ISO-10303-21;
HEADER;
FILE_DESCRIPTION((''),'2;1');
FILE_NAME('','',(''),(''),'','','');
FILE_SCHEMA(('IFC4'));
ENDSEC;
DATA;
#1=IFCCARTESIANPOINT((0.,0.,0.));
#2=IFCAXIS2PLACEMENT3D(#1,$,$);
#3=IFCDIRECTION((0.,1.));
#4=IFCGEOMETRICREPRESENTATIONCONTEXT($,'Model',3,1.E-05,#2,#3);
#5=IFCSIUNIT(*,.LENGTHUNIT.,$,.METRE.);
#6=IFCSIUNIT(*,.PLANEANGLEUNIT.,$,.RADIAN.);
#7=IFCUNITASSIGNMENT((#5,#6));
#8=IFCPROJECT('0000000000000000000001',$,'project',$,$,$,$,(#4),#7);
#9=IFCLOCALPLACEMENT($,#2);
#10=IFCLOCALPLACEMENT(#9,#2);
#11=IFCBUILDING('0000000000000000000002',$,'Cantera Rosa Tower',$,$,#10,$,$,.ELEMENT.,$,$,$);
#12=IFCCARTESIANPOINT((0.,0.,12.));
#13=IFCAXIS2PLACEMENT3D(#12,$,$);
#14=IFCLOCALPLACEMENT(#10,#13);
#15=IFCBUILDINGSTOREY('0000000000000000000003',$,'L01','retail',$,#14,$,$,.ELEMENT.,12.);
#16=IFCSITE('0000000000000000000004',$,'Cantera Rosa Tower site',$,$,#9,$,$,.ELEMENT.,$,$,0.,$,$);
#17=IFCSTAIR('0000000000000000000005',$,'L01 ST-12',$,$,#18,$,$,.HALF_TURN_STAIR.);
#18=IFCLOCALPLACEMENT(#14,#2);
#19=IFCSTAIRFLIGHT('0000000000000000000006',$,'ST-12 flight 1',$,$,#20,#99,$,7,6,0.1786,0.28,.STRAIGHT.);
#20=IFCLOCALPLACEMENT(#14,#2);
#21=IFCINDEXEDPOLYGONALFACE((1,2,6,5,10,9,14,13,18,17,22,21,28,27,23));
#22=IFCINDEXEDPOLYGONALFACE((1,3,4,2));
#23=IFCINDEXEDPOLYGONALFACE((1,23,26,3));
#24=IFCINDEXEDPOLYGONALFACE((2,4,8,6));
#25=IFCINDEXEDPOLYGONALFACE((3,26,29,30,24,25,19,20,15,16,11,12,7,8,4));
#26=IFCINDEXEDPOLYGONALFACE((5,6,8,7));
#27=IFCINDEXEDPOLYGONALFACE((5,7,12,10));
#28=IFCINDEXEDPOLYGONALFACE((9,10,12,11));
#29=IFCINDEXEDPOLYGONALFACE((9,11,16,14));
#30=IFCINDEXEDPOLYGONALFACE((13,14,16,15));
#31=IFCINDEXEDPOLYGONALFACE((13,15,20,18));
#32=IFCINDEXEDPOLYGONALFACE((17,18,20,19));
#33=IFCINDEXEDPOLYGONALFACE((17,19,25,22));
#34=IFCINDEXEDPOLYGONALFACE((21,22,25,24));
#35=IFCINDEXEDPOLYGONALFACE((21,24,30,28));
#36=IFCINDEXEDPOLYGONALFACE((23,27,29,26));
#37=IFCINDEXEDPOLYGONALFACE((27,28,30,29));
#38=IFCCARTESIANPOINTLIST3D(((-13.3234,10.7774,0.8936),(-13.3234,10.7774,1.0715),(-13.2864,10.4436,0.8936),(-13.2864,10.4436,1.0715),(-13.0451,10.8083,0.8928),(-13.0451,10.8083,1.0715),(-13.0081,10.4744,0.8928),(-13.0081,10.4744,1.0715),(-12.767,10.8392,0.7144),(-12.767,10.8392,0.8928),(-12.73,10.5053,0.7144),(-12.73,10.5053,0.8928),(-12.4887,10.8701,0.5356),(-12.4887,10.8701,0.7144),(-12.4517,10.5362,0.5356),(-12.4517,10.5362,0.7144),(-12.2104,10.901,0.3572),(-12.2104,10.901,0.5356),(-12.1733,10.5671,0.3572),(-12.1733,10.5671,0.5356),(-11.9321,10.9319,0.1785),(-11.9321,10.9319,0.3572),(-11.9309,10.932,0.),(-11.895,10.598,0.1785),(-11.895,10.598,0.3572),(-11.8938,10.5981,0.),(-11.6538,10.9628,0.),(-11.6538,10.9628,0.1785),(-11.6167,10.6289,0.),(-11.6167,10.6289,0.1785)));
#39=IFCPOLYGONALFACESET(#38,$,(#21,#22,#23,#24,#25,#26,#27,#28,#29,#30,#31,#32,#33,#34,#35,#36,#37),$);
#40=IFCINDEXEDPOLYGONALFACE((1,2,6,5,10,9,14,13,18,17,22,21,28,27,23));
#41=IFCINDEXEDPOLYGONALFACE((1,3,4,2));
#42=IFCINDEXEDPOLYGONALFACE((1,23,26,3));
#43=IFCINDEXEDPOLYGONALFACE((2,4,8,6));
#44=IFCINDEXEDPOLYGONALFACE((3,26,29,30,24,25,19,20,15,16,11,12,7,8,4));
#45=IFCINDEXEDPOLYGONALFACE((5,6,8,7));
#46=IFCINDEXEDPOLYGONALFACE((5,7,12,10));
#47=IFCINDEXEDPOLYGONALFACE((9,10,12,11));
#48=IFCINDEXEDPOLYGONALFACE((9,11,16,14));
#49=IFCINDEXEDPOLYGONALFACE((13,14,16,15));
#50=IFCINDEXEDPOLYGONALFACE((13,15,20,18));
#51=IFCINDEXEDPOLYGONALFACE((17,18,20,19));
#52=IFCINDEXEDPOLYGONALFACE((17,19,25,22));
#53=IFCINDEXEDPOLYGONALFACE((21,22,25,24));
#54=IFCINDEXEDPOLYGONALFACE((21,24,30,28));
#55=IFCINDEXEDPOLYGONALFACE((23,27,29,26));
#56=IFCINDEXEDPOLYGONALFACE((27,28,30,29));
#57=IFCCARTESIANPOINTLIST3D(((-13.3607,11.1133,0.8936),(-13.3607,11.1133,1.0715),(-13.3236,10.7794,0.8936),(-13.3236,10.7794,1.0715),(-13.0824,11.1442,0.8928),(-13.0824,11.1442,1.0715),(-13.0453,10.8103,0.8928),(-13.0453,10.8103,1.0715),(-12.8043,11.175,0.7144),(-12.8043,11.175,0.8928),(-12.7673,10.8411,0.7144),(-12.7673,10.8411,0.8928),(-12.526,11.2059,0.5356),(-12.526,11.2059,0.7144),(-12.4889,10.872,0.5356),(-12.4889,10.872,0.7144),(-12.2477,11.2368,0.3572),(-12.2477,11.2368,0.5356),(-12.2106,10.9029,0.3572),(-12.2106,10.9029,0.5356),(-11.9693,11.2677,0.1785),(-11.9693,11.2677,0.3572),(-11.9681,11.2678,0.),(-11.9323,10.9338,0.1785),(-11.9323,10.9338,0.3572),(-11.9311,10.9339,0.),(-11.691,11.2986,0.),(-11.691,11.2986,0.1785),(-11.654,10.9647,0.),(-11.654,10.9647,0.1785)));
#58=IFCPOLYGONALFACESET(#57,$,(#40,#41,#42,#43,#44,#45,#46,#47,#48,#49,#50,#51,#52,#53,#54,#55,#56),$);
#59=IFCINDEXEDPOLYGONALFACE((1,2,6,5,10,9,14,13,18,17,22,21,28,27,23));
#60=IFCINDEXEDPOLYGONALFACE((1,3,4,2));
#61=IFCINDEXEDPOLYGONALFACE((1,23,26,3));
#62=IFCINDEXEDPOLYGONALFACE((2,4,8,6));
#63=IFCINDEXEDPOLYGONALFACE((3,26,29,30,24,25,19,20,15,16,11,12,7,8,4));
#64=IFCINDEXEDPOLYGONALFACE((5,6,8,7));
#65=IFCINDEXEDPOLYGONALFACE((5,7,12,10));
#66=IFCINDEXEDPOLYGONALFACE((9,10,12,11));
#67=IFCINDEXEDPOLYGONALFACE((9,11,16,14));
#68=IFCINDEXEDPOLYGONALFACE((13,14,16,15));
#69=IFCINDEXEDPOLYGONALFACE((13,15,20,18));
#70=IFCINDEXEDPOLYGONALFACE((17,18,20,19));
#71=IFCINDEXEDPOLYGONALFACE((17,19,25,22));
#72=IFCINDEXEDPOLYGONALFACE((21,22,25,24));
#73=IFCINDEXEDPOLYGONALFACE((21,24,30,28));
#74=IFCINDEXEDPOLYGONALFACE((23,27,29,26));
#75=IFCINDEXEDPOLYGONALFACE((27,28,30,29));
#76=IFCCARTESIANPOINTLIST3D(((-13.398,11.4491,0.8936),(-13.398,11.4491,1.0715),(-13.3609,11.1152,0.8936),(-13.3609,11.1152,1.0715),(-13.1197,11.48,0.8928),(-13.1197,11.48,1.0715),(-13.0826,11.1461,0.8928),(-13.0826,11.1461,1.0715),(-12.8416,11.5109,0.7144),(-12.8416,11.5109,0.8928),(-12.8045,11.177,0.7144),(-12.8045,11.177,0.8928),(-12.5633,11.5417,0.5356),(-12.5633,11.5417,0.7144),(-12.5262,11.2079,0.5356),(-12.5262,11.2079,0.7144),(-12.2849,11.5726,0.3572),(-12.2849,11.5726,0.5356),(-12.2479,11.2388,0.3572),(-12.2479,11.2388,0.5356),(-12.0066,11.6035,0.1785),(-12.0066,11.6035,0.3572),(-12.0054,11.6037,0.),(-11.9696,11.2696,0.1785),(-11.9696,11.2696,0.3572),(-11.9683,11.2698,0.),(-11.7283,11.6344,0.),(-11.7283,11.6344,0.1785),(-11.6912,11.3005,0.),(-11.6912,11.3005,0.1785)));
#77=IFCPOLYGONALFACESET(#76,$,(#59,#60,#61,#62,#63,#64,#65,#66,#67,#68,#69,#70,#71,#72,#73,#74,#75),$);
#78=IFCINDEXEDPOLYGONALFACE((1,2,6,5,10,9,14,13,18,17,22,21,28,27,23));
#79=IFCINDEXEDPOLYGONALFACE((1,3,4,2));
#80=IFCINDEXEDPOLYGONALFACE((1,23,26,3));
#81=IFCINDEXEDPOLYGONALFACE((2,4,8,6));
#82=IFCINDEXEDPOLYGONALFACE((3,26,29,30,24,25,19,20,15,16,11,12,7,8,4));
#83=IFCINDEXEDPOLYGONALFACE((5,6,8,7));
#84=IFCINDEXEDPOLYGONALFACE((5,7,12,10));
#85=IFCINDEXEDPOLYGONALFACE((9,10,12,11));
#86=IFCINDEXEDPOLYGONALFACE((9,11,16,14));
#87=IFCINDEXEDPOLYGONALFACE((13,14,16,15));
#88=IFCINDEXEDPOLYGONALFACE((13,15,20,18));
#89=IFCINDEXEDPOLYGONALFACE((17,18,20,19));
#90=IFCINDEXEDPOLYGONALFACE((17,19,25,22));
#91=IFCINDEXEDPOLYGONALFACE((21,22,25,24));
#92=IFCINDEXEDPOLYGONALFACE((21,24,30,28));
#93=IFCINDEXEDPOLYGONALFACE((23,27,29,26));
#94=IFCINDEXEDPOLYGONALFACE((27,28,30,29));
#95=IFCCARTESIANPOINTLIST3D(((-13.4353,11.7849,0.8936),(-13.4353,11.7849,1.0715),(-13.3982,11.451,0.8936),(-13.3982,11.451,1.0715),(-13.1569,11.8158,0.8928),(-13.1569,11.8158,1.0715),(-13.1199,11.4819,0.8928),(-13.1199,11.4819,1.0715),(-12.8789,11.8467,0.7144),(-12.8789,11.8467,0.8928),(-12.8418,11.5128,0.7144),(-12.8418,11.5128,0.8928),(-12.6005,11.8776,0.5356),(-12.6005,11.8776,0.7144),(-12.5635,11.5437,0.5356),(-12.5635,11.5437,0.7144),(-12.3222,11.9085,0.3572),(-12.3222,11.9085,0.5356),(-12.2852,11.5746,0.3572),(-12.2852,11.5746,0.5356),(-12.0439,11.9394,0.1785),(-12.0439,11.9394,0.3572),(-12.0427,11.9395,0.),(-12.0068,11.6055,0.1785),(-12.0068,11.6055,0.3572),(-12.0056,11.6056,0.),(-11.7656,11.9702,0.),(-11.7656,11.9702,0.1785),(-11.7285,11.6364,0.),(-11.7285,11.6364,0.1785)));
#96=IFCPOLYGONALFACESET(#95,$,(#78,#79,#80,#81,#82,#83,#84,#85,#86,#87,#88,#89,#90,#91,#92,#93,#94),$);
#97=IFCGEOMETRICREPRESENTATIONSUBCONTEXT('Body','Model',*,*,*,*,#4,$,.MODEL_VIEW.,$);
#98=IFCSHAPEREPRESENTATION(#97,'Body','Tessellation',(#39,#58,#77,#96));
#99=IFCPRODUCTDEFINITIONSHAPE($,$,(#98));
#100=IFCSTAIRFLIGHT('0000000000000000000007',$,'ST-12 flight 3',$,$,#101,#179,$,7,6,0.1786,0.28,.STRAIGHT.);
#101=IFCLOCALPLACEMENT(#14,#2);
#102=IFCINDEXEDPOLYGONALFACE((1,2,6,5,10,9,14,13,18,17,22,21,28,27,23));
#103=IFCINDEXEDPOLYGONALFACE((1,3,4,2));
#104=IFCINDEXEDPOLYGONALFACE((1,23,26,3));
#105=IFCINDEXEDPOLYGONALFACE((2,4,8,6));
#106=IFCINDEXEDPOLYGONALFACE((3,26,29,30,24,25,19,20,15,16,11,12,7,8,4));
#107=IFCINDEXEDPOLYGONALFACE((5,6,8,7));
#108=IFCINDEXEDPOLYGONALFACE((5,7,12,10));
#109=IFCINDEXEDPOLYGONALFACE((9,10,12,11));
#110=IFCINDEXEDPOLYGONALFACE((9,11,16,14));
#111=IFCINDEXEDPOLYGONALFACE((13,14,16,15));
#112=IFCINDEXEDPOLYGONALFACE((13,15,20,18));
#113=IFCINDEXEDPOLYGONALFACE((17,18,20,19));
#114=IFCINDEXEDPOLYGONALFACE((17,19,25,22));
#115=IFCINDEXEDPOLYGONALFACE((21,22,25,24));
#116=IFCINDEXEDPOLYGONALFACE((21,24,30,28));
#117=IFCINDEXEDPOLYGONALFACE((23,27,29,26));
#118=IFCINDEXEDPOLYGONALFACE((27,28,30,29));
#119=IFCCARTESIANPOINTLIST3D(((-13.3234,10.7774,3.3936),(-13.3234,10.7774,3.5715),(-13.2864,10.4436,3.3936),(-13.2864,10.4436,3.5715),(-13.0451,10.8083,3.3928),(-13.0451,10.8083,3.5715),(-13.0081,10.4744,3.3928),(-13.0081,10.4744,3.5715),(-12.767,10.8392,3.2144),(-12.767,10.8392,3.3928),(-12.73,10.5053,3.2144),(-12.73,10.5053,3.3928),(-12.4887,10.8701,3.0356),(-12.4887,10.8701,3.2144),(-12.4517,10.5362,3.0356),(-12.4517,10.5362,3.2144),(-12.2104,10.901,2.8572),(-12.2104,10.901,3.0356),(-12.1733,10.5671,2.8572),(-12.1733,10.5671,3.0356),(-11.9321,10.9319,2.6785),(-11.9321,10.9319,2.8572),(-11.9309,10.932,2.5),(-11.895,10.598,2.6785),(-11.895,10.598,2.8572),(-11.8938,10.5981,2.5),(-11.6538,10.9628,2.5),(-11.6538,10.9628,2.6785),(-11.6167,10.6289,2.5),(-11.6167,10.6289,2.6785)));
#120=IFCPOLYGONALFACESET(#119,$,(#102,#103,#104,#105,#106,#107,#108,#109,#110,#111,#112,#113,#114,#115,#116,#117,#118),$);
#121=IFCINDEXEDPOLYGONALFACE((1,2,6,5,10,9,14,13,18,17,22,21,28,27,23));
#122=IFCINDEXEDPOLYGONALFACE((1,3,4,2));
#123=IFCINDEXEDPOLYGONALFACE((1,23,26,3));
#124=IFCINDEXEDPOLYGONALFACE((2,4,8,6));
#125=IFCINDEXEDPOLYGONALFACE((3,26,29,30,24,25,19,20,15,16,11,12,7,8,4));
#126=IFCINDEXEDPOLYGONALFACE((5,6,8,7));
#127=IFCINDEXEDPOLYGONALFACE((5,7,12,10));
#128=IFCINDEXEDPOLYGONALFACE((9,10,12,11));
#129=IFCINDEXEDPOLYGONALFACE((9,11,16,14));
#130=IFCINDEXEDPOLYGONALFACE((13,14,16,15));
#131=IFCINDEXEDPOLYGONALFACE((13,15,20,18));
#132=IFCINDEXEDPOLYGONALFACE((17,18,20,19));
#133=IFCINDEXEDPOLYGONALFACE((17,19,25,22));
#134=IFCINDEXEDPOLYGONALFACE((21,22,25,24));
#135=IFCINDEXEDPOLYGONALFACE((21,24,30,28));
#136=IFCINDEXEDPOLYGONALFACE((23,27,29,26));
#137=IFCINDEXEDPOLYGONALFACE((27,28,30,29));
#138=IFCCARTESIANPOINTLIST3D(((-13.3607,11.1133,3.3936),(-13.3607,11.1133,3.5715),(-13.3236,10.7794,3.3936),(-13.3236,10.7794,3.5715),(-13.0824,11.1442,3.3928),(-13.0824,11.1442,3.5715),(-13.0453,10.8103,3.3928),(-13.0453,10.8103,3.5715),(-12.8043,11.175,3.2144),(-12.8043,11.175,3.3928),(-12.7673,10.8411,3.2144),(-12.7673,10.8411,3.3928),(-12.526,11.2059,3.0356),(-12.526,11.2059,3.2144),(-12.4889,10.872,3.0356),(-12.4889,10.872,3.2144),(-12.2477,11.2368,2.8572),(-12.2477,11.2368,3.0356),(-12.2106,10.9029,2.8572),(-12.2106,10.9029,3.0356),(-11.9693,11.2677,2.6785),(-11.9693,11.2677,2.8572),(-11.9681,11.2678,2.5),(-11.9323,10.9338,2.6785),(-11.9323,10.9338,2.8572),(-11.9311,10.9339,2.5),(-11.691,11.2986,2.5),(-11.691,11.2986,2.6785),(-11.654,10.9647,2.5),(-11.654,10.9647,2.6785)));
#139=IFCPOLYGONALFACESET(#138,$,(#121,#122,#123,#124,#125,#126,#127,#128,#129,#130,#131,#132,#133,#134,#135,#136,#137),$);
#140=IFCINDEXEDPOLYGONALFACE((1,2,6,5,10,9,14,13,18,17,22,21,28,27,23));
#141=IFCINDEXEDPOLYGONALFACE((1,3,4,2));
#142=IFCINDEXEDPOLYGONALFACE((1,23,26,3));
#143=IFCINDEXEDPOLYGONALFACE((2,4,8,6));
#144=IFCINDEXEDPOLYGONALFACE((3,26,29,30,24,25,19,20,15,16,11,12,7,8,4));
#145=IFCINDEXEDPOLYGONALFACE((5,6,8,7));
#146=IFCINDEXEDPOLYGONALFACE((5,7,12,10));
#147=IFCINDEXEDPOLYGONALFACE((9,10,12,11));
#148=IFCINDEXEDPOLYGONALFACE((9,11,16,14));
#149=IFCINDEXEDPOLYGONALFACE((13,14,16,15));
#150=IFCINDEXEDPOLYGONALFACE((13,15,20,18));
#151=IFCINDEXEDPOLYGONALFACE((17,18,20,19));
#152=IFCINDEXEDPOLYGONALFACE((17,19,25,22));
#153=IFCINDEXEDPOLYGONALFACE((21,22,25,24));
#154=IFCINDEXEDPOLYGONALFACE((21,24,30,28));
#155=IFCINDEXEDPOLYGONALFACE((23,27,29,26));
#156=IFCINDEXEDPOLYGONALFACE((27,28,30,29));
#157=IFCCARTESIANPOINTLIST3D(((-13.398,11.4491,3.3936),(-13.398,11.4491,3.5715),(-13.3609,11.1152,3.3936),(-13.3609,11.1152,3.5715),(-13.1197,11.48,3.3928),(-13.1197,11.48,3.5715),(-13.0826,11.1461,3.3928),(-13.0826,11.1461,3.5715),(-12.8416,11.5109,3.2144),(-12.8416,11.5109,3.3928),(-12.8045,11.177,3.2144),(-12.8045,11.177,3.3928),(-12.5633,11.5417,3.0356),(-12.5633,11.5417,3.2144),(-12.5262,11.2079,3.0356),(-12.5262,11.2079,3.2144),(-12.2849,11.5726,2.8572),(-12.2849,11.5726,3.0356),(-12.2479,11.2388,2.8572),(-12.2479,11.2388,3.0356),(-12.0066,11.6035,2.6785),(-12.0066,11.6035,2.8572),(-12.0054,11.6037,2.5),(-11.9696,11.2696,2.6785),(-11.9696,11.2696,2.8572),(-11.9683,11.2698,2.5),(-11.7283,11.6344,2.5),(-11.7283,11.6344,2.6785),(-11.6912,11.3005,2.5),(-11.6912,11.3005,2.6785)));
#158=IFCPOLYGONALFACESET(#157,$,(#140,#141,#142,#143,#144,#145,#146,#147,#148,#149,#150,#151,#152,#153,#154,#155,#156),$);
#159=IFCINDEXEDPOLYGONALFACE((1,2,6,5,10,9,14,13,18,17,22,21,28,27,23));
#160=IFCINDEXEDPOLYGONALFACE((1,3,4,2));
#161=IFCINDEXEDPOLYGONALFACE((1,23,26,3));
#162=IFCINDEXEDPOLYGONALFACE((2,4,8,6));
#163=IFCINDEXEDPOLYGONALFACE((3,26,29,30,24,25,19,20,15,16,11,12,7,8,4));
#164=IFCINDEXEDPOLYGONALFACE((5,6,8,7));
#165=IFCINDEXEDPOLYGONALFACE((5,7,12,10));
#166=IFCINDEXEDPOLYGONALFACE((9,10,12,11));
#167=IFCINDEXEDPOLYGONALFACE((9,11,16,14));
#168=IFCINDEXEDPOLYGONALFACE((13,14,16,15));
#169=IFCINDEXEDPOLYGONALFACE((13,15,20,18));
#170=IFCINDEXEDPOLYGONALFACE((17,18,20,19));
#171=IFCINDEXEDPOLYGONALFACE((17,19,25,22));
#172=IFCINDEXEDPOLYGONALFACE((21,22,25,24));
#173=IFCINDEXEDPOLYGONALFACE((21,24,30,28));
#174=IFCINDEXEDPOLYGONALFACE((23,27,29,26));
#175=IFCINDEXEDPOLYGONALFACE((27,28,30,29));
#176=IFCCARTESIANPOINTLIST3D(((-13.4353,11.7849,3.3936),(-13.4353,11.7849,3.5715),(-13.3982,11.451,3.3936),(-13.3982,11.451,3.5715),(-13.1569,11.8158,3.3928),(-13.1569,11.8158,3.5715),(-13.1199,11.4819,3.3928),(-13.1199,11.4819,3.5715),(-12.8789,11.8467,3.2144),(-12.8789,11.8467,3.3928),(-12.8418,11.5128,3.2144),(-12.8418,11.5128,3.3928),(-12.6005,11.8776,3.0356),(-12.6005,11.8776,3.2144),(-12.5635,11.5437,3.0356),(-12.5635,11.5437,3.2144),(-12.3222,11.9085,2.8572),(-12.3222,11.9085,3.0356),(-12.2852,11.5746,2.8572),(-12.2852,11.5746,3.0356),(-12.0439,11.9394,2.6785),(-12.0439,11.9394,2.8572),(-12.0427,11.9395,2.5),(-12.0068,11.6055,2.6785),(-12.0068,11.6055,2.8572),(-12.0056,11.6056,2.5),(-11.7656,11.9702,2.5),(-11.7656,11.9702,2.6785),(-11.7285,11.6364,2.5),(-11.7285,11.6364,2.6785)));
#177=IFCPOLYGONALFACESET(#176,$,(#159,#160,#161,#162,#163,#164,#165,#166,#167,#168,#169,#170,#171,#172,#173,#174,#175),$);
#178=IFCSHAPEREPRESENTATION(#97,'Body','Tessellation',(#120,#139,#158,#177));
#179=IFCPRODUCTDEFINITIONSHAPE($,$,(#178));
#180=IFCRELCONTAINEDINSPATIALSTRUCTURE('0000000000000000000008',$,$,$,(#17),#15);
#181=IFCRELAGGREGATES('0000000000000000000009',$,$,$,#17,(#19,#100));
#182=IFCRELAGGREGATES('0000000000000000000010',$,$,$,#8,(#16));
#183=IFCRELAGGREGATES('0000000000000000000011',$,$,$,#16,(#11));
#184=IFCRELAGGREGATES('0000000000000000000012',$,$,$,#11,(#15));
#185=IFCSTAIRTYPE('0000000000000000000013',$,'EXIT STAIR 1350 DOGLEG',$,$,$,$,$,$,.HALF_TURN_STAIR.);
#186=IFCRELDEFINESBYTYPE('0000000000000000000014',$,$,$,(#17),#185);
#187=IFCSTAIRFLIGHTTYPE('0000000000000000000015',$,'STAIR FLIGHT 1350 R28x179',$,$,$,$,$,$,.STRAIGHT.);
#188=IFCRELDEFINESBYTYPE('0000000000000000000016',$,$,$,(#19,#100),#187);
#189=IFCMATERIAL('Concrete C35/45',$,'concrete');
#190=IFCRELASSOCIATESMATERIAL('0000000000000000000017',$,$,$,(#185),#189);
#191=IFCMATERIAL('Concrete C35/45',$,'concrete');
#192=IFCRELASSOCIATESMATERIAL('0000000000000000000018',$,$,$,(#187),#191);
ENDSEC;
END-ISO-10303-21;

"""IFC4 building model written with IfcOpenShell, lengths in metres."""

from ifc_helpers import new_model, si_unit, direction, frame, origin, place, context, subcontext, project, spatial, polyline, outline, extrude, material, type_object, element, aggregate, save


model = new_model("IFC4")

# Units and contexts
model_context = context("Model", 3, precision=1e-05, world=origin(), true_north=direction((0.0, 1.0)))
body_context = subcontext(model_context, "Body", "Model", "MODEL_VIEW")
ifc_project = project(units=[si_unit("LENGTHUNIT", "METRE"), si_unit("PLANEANGLEUNIT", "RADIAN")], contexts=[model_context])

# Site, building, storey
site_placement = place(None, origin())
site = spatial("IfcSite", under=ifc_project, at=site_placement, Name="Cantera Rosa Tower site", CompositionType="ELEMENT", RefElevation=0.0)
building_placement = place(site_placement, origin())
building = spatial("IfcBuilding", under=site, at=building_placement, Name="Cantera Rosa Tower", CompositionType="ELEMENT")
storey_placement = place(building_placement, frame((0.0, 0.0, 12.0)))
storey = spatial("IfcBuildingStorey", under=building, at=storey_placement, Name="L01", Description="retail", CompositionType="ELEMENT", Elevation=12.0)

# Stair, stair flights
ifc_material_1 = material(Name="Concrete C35/45", Category="concrete")
stair_type = type_object("IfcStairType", Name="EXIT STAIR 1350 DOGLEG", PredefinedType="HALF_TURN_STAIR", material=ifc_material_1)
stair_placement = place(storey_placement, origin())
stair = element("IfcStair", 1, at=stair_placement, inside=storey, type_object=stair_type, Name="L01 ST-12", PredefinedType="HALF_TURN_STAIR")
ifc_material_2 = material(Name="Concrete C35/45", Category="concrete")
stair_flight_type = type_object("IfcStairFlightType", Name="STAIR FLIGHT 1350 R28x179", PredefinedType="STRAIGHT", material=ifc_material_2)
stair_flight_1_placement = place(storey_placement, frame((-11.6912, 11.2998, 0.0), z_axis=(0.0, 0.0, 1.0), x_axis=(-0.993897, -0.110313, 0.0)))
stair_flight_1 = element("IfcStairFlight", 2, at=stair_flight_1_placement, type_object=stair_flight_type, Name="ST-12 flight 1", NumberOfRisers=7, NumberOfTreads=6, PredefinedType="STRAIGHT", RiserHeight=0.1786, TreadLength=0.28, context=body_context, shape_type="SweptSolid", body=[
    extrude(outline(polyline([(0.0, 0.0), (0.0, 0.1785), (0.28, 0.1785), (0.28, 0.3572), (0.5601, 0.3572), (0.5601, 0.5356), (0.8401, 0.5356), (0.8401, 0.7144), (1.1201, 0.7144), (1.1201, 0.8928), (1.3999, 0.8928), (1.3999, 1.0715), (1.6799, 1.0715), (1.6799, 1.25), (1.6799, 0.8936), (0.2788, 0.0), (0.0, 0.0)])), frame((0.0, 0.675, 0.0), z_axis=(0.0, -1.0, 0.0), x_axis=(1.0, 0.0, 0.0)), (0.0, 0.0, 1.0), 0.3359),
    extrude(outline(polyline([(0.0, 0.0), (0.0, 0.1785), (0.28, 0.1785), (0.28, 0.3572), (0.5601, 0.3572), (0.5601, 0.5356), (0.8401, 0.5356), (0.8401, 0.7144), (1.1201, 0.7144), (1.1201, 0.8928), (1.3999, 0.8928), (1.3999, 1.0715), (1.6799, 1.0715), (1.6799, 1.25), (1.6799, 0.8936), (0.2788, 0.0), (0.0, 0.0)])), frame((0.0, 0.3372, 0.0), z_axis=(0.0, -1.0, 0.0), x_axis=(1.0, 0.0, 0.0)), (0.0, 0.0, 1.0), 0.3359),
    extrude(outline(polyline([(0.0, 0.0), (0.0, 0.1785), (0.28, 0.1785), (0.28, 0.3572), (0.5601, 0.3572), (0.5601, 0.5356), (0.8401, 0.5356), (0.8401, 0.7144), (1.1201, 0.7144), (1.1201, 0.8928), (1.3999, 0.8928), (1.3999, 1.0715), (1.6799, 1.0715), (1.6799, 1.25), (1.6799, 0.8936), (0.2788, 0.0), (0.0, 0.0)])), frame((0.0, -0.0007, 0.0), z_axis=(0.0, -1.0, 0.0), x_axis=(1.0, 0.0, 0.0)), (0.0, 0.0, 1.0), 0.3359),
    extrude(outline(polyline([(0.0, 0.0), (0.0, 0.1785), (0.28, 0.1785), (0.28, 0.3572), (0.5601, 0.3572), (0.5601, 0.5356), (0.8401, 0.5356), (0.8401, 0.7144), (1.1201, 0.7144), (1.1201, 0.8928), (1.3999, 0.8928), (1.3999, 1.0715), (1.6799, 1.0715), (1.6799, 1.25), (1.6799, 0.8936), (0.2788, 0.0), (0.0, 0.0)])), frame((0.0, -0.3386, 0.0), z_axis=(0.0, -1.0, 0.0), x_axis=(1.0, 0.0, 0.0)), (0.0, 0.0, 1.0), 0.3359),
])
stair_flight_2_placement = place(storey_placement, frame((-11.6912, 11.2998, 2.5), z_axis=(0.0, 0.0, 1.0), x_axis=(-0.993897, -0.110313, 0.0)))
stair_flight_2 = element("IfcStairFlight", 3, at=stair_flight_2_placement, type_object=stair_flight_type, Name="ST-12 flight 3", NumberOfRisers=7, NumberOfTreads=6, PredefinedType="STRAIGHT", RiserHeight=0.1786, TreadLength=0.28, context=body_context, shape_type="SweptSolid", body=[
    extrude(outline(polyline([(0.0, 0.0), (0.0, 0.1785), (0.28, 0.1785), (0.28, 0.3572), (0.5601, 0.3572), (0.5601, 0.5356), (0.8401, 0.5356), (0.8401, 0.7144), (1.1201, 0.7144), (1.1201, 0.8928), (1.3999, 0.8928), (1.3999, 1.0715), (1.6799, 1.0715), (1.6799, 1.25), (1.6799, 0.8936), (0.2788, 0.0), (0.0, 0.0)])), frame((0.0, 0.675, 0.0), z_axis=(0.0, -1.0, 0.0), x_axis=(1.0, 0.0, 0.0)), (0.0, 0.0, 1.0), 0.3359),
    extrude(outline(polyline([(0.0, 0.0), (0.0, 0.1785), (0.28, 0.1785), (0.28, 0.3572), (0.5601, 0.3572), (0.5601, 0.5356), (0.8401, 0.5356), (0.8401, 0.7144), (1.1201, 0.7144), (1.1201, 0.8928), (1.3999, 0.8928), (1.3999, 1.0715), (1.6799, 1.0715), (1.6799, 1.25), (1.6799, 0.8936), (0.2788, 0.0), (0.0, 0.0)])), frame((0.0, 0.3372, 0.0), z_axis=(0.0, -1.0, 0.0), x_axis=(1.0, 0.0, 0.0)), (0.0, 0.0, 1.0), 0.3359),
    extrude(outline(polyline([(0.0, 0.0), (0.0, 0.1785), (0.28, 0.1785), (0.28, 0.3572), (0.5601, 0.3572), (0.5601, 0.5356), (0.8401, 0.5356), (0.8401, 0.7144), (1.1201, 0.7144), (1.1201, 0.8928), (1.3999, 0.8928), (1.3999, 1.0715), (1.6799, 1.0715), (1.6799, 1.25), (1.6799, 0.8936), (0.2788, 0.0), (0.0, 0.0)])), frame((0.0, -0.0007, 0.0), z_axis=(0.0, -1.0, 0.0), x_axis=(1.0, 0.0, 0.0)), (0.0, 0.0, 1.0), 0.3359),
    extrude(outline(polyline([(0.0, 0.0), (0.0, 0.1785), (0.28, 0.1785), (0.28, 0.3572), (0.5601, 0.3572), (0.5601, 0.5356), (0.8401, 0.5356), (0.8401, 0.7144), (1.1201, 0.7144), (1.1201, 0.8928), (1.3999, 0.8928), (1.3999, 1.0715), (1.6799, 1.0715), (1.6799, 1.25), (1.6799, 0.8936), (0.2788, 0.0), (0.0, 0.0)])), frame((0.0, -0.3386, 0.0), z_axis=(0.0, -1.0, 0.0), x_axis=(1.0, 0.0, 0.0)), (0.0, 0.0, 1.0), 0.3359),
])
aggregate(stair, [stair_flight_1, stair_flight_2])

save(model, "model.ifc")
